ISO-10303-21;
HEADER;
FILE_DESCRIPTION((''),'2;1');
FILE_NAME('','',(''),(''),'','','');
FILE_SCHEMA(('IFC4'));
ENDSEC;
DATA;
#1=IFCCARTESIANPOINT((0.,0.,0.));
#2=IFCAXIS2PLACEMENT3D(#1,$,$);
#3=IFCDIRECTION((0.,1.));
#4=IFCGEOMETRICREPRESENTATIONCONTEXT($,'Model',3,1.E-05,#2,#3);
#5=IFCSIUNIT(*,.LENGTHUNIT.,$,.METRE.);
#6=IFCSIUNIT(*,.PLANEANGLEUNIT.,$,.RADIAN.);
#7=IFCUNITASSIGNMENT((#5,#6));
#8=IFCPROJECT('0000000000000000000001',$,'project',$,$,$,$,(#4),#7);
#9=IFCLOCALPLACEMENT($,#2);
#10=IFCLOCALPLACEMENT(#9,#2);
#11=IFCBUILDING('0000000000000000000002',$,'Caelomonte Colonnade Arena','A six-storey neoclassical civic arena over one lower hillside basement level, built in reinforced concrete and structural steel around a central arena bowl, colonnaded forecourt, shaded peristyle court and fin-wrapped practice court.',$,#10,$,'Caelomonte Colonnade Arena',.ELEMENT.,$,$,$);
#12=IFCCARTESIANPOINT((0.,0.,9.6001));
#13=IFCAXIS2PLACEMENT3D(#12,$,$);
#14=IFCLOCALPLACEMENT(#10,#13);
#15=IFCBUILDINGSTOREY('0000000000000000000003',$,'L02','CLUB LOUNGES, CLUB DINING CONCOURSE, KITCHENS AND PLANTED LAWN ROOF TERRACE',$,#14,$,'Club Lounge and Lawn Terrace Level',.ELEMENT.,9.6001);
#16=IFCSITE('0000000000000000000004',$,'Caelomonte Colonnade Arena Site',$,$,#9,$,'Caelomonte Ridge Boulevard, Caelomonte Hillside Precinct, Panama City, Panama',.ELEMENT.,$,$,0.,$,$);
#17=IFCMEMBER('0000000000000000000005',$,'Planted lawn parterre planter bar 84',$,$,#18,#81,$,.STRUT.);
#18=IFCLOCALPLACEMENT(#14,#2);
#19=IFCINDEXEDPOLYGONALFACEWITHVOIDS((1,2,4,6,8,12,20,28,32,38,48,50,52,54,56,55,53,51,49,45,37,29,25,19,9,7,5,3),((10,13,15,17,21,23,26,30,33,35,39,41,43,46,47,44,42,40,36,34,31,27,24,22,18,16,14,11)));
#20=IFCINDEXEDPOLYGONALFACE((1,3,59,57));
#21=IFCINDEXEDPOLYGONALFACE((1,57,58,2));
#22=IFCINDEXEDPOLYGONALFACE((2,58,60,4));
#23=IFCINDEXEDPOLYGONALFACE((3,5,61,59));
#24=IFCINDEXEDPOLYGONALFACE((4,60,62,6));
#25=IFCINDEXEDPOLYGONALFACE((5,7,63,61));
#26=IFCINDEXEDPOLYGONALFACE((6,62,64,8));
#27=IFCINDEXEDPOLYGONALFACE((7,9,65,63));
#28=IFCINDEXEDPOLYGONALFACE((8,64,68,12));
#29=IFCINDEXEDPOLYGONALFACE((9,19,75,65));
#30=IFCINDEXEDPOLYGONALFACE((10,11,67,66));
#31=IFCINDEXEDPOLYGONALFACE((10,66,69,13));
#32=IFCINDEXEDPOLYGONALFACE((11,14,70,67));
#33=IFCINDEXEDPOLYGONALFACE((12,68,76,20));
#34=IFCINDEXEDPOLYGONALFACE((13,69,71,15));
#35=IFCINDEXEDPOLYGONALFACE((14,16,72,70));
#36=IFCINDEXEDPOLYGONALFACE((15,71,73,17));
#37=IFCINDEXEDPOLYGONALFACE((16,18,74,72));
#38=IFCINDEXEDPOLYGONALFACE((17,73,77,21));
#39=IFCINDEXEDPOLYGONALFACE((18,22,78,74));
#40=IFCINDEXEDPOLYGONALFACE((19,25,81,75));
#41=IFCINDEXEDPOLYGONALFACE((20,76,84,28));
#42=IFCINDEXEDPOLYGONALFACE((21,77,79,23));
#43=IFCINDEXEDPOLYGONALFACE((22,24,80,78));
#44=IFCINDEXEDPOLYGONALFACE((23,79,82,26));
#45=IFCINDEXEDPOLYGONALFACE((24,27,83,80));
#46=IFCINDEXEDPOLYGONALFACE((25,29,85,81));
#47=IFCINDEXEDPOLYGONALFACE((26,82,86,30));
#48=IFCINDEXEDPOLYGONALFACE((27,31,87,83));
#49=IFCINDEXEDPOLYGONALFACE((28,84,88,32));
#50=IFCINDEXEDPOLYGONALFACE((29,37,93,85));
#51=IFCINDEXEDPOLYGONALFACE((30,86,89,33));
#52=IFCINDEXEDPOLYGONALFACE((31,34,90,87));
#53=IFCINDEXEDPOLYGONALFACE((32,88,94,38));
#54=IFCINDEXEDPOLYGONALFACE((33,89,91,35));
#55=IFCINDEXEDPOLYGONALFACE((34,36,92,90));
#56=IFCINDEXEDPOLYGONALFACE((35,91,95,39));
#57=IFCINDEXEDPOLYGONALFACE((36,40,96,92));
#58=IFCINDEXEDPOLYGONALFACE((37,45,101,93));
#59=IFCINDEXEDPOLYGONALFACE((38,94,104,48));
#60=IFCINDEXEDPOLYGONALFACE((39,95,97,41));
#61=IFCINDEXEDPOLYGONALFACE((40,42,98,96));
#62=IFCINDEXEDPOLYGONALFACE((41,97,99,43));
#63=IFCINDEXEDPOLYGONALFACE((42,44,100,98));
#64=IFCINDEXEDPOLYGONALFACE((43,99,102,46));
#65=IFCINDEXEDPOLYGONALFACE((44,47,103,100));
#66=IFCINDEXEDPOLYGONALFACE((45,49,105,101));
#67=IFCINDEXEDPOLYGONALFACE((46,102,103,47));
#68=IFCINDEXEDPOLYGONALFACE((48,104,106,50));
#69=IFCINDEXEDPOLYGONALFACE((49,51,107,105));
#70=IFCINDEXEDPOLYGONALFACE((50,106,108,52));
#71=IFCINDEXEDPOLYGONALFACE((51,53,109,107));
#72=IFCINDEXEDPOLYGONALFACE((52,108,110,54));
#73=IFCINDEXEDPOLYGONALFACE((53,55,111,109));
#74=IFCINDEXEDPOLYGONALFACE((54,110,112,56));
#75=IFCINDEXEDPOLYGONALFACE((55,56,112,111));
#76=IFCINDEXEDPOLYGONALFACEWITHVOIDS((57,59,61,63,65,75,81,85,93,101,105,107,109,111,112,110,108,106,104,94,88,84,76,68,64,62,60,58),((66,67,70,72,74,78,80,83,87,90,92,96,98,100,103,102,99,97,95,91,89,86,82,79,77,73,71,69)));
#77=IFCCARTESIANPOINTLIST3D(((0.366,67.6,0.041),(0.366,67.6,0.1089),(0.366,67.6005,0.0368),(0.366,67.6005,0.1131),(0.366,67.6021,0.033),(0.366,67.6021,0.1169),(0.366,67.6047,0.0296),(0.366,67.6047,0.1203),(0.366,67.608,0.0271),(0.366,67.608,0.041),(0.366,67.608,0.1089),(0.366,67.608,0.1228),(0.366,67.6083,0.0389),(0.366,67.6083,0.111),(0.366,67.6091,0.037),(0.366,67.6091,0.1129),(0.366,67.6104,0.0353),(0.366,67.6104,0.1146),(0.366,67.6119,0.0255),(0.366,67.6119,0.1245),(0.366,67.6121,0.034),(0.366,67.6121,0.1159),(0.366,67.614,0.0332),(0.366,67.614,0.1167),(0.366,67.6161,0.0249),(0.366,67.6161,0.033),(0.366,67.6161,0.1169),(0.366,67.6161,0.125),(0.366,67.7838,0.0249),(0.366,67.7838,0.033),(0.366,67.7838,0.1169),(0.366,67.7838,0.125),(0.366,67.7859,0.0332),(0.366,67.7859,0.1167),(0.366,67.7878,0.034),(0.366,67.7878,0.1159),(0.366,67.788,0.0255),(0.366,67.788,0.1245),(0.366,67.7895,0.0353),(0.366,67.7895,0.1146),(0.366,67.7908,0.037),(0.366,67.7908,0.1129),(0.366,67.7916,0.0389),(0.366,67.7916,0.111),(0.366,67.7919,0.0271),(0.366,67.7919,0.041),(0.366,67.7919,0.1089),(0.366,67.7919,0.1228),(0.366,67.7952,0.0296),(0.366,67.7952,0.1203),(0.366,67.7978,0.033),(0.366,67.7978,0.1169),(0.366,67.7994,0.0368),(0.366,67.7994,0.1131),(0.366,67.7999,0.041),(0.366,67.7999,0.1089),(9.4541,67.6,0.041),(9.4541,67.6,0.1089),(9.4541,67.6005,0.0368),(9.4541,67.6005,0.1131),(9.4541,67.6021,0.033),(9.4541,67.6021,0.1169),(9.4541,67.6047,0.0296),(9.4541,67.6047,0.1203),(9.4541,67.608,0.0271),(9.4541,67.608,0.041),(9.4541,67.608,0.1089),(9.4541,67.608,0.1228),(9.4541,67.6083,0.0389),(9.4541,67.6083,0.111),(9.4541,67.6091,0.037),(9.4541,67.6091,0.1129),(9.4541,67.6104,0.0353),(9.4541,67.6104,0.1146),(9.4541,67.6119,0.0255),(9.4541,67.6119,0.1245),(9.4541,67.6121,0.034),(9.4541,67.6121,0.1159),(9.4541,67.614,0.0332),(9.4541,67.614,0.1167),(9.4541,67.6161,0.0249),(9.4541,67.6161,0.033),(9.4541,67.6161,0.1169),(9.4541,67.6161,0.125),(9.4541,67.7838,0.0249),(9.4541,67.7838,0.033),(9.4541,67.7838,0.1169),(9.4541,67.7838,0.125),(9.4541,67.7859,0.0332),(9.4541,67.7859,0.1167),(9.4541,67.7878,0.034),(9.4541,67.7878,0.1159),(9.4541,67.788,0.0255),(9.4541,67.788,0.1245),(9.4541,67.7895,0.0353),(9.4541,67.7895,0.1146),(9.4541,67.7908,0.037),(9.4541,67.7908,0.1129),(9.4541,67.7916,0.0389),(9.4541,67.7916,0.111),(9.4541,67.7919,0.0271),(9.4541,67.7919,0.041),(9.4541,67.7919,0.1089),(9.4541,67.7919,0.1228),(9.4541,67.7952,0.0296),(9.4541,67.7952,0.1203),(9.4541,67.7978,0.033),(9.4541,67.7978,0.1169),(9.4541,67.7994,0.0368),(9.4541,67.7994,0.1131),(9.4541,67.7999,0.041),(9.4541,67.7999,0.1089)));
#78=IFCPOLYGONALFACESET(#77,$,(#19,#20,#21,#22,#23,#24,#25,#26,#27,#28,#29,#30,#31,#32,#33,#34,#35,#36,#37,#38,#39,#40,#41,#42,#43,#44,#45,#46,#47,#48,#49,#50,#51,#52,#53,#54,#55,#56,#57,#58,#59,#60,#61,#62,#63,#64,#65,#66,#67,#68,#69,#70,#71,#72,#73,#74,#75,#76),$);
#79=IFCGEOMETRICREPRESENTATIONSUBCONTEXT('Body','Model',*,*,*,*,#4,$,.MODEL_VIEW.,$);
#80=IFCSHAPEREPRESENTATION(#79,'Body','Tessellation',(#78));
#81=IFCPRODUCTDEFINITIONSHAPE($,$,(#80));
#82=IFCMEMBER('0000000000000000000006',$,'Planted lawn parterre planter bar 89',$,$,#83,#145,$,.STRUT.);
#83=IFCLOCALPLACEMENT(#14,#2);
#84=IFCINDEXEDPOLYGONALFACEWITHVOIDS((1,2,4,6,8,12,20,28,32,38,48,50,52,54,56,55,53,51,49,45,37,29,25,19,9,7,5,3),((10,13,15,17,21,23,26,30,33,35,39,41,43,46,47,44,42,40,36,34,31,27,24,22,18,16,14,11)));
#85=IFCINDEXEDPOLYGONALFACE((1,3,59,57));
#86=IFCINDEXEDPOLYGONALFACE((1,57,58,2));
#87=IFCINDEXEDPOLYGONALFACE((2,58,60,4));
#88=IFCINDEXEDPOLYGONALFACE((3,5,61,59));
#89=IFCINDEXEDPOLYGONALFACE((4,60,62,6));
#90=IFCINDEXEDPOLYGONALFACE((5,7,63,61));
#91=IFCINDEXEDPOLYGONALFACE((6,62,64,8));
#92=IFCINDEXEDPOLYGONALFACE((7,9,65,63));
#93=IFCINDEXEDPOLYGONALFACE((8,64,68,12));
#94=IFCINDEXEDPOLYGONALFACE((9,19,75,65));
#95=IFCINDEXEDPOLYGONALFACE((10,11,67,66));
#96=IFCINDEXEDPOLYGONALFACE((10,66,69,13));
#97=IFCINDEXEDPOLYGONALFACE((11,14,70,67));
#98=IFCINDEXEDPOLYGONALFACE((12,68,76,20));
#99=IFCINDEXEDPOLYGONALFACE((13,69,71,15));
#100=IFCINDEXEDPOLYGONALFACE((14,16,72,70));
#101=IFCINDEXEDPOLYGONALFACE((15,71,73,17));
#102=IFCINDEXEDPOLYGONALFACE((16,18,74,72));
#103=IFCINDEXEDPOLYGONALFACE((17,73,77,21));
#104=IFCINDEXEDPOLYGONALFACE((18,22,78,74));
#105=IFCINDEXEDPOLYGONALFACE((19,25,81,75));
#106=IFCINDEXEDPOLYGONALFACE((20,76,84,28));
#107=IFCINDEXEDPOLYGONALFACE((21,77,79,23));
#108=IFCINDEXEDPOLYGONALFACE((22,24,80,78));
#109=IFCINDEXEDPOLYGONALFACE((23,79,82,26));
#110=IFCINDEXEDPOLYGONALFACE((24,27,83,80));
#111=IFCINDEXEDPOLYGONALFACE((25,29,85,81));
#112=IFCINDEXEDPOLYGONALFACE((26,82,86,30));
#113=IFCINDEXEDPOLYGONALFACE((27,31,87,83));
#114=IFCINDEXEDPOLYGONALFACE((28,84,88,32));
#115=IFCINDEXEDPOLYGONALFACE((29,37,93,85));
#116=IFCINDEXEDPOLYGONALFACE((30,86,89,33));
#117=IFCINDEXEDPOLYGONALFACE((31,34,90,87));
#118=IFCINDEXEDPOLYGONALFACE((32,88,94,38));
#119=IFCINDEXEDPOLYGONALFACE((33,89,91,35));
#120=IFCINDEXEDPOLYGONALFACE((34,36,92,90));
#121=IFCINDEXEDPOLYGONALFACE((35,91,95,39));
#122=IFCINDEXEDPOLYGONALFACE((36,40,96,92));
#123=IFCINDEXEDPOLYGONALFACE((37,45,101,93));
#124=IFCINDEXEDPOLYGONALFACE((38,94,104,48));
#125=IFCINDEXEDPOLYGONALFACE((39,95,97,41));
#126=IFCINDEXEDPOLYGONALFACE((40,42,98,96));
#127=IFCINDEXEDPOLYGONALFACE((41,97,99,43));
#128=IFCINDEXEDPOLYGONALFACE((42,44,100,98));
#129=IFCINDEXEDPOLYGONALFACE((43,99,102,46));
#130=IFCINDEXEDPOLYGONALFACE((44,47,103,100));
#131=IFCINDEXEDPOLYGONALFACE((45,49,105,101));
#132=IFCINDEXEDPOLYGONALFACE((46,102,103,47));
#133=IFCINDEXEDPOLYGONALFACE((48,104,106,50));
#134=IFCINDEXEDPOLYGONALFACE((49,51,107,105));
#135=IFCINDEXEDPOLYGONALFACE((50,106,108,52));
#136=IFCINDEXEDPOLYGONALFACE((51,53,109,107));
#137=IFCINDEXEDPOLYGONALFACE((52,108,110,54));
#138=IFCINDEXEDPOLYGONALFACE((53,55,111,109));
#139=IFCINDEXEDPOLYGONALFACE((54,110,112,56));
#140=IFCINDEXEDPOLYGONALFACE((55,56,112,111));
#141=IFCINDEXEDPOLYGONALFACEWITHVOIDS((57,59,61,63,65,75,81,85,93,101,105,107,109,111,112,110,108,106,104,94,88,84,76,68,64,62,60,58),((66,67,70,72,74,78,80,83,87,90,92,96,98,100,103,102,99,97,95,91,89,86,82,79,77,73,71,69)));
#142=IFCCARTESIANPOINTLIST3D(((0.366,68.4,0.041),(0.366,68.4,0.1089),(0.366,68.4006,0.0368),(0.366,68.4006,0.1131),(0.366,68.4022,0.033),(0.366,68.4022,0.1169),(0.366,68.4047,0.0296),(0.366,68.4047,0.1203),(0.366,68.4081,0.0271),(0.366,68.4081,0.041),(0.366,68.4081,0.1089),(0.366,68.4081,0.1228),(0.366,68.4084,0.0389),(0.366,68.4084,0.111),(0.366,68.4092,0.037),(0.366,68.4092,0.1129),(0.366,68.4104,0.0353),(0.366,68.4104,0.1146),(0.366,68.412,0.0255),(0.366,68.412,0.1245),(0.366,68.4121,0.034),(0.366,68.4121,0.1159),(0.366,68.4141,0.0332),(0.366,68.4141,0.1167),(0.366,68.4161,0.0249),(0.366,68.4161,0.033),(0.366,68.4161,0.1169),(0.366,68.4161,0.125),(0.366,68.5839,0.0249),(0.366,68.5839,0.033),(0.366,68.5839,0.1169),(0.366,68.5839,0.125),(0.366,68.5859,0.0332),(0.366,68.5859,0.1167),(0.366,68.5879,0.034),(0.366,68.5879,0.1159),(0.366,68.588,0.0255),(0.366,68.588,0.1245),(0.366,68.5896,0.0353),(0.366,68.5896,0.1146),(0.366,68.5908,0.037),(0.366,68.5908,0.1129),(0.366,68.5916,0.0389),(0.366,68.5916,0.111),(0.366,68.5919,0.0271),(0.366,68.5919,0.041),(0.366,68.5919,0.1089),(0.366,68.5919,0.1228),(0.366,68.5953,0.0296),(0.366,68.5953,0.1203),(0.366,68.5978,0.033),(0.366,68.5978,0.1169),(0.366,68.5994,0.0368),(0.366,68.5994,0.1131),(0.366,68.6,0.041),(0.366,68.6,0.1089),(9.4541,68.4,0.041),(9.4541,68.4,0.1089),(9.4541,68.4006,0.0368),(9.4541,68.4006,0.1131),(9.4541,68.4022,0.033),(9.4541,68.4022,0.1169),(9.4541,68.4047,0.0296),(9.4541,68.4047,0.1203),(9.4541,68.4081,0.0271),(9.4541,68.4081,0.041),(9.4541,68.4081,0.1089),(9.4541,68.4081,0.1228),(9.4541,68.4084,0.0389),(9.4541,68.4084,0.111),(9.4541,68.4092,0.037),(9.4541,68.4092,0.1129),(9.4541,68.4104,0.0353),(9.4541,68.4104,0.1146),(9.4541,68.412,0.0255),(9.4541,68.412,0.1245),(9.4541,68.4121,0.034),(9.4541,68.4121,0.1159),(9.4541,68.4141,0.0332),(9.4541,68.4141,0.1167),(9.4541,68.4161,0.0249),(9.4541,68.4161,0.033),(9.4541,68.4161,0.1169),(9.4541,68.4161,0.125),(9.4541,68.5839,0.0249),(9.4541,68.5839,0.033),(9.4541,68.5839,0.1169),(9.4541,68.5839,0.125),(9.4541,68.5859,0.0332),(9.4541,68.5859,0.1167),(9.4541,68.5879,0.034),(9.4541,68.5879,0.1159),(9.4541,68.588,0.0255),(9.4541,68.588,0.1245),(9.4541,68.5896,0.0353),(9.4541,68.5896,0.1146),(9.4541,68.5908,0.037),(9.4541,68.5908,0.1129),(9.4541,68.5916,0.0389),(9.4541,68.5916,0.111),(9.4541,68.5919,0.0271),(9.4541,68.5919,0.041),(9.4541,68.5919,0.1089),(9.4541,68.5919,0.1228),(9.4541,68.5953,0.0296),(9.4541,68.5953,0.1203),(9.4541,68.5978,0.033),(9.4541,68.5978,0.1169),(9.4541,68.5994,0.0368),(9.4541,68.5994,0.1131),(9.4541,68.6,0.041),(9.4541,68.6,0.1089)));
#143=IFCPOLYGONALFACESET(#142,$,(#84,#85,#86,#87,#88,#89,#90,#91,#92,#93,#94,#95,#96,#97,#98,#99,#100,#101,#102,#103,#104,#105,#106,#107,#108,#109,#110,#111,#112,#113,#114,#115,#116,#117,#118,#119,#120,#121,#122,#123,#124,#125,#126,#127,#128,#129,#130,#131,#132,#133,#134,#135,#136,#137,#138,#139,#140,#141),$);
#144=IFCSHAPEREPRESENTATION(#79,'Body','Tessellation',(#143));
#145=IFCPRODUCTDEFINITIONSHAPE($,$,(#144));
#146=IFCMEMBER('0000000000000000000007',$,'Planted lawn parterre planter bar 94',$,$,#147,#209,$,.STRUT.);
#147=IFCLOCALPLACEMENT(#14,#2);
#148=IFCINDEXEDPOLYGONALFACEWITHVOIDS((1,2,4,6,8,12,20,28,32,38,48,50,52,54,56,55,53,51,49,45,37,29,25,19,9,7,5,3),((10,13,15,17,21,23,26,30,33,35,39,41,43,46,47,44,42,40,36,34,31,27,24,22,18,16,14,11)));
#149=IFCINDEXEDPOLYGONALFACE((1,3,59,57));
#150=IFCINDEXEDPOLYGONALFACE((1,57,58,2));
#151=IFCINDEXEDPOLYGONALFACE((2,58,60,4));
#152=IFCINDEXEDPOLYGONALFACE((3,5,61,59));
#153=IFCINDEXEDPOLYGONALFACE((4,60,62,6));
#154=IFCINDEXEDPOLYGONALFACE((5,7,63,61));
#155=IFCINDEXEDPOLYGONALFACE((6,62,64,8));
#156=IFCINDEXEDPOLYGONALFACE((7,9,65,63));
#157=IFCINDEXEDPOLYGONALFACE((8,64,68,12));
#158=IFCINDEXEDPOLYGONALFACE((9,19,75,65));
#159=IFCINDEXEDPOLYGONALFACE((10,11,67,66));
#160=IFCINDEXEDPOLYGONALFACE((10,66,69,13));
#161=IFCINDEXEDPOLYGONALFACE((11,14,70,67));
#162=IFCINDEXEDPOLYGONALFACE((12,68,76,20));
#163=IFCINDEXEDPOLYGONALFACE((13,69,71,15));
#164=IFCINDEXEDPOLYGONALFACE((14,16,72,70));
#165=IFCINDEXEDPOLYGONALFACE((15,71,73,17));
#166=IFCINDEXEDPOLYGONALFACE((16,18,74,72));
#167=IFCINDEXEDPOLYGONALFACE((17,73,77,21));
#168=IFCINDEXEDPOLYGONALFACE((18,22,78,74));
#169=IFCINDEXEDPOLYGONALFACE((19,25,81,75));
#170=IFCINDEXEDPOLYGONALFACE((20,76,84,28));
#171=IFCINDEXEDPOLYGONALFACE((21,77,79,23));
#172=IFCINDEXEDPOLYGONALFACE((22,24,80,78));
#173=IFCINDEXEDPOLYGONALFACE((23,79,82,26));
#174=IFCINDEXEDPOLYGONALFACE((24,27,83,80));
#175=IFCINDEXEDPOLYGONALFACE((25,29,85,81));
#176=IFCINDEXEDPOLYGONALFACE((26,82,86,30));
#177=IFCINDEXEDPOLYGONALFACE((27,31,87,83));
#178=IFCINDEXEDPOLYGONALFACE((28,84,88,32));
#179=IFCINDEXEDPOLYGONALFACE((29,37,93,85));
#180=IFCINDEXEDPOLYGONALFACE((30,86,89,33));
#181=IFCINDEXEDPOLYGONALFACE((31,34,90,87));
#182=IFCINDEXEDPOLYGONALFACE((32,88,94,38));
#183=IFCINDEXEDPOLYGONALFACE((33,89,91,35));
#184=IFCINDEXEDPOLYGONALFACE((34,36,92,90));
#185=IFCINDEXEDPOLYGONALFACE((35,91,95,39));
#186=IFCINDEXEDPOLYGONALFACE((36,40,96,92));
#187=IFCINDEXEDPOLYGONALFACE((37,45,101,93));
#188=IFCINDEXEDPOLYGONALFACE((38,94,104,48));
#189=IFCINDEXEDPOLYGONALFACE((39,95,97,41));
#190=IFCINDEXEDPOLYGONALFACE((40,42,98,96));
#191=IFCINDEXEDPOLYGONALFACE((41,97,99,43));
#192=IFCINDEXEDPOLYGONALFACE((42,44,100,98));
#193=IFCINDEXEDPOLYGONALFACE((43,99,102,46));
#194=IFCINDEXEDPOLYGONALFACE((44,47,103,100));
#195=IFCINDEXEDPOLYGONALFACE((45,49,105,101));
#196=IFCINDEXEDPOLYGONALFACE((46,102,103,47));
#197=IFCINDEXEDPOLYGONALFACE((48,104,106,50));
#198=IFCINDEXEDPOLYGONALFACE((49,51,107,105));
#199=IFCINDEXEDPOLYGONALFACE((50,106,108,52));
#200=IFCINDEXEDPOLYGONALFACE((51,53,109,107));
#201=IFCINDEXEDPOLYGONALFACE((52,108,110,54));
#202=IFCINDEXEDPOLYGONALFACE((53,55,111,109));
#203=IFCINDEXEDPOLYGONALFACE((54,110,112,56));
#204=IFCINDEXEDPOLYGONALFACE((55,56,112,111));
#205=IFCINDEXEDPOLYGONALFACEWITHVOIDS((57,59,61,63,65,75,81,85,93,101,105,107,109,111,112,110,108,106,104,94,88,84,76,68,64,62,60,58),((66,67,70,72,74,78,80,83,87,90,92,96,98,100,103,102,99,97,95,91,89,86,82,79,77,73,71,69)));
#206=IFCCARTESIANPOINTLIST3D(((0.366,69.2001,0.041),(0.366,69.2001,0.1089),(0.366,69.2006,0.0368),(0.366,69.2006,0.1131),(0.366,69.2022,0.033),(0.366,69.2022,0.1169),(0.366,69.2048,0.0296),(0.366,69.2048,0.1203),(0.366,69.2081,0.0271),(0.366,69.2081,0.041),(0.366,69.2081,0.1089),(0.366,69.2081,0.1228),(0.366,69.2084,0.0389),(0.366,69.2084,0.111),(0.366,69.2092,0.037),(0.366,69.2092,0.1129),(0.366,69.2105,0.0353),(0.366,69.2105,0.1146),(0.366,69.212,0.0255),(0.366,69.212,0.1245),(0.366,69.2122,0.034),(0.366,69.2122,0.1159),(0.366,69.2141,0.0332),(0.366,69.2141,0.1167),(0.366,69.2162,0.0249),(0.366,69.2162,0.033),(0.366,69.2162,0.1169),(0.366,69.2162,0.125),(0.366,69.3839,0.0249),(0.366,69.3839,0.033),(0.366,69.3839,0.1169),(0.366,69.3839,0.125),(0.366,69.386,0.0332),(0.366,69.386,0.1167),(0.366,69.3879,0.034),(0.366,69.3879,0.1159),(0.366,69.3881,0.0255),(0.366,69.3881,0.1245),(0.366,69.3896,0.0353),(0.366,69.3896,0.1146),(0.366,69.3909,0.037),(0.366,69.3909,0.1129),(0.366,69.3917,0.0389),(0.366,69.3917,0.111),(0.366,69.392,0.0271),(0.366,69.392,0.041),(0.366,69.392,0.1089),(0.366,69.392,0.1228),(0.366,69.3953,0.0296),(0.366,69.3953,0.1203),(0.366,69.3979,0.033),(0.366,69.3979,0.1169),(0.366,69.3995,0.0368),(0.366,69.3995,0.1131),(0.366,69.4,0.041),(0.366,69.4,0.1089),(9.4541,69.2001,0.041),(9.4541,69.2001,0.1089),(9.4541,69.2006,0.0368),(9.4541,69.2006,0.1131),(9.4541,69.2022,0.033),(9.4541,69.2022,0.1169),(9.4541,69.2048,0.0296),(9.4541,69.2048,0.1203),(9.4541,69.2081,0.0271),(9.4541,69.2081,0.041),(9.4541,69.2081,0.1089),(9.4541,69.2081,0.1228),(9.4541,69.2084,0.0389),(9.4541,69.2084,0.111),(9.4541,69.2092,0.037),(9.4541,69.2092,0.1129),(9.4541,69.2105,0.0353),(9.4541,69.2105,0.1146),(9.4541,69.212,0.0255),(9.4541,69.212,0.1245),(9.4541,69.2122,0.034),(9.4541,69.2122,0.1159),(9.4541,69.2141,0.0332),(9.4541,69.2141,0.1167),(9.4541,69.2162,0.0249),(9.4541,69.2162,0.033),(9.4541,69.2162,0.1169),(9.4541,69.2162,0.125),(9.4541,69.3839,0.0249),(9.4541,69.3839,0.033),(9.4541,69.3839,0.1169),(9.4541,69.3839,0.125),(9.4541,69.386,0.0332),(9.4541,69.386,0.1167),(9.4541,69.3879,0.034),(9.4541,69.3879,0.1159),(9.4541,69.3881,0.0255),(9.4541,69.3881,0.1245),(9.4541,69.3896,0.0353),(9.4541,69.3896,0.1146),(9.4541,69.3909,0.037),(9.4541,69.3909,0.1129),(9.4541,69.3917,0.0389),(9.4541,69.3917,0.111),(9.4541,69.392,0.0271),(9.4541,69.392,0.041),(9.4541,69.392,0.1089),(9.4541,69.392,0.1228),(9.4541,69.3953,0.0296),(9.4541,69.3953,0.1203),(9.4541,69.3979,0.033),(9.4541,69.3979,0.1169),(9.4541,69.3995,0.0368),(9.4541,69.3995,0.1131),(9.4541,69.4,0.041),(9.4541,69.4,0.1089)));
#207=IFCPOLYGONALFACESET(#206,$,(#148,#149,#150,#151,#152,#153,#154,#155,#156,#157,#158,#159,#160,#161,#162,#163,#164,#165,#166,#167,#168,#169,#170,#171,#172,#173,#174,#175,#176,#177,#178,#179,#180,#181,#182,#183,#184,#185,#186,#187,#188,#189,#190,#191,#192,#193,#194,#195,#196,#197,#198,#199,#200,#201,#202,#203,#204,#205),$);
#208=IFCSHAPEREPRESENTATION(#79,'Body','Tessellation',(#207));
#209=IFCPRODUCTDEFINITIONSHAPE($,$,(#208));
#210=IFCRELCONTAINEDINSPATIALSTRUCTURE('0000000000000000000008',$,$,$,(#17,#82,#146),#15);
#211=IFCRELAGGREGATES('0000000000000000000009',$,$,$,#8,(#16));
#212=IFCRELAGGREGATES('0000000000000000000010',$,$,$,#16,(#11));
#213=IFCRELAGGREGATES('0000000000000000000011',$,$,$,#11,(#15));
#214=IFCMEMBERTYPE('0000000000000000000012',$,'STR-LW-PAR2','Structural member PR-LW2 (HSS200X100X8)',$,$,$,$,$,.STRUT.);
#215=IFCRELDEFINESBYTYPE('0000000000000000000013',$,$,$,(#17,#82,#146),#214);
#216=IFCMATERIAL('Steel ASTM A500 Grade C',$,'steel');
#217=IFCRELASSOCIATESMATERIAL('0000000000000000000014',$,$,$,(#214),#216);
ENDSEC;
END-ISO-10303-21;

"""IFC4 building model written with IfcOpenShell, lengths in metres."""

from ifc_helpers import new_model, si_unit, direction, frame, origin, origin_2d, place, context, subcontext, project, spatial, hollow_rectangle, extrude, material, material_profile, profile_set, type_object, element, save


model = new_model("IFC4")

# Units and contexts
model_context = context("Model", 3, precision=1e-05, world=origin(), true_north=direction((0.0, 1.0)))
body_context = subcontext(model_context, "Body", "Model", "MODEL_VIEW")
ifc_project = project(units=[si_unit("LENGTHUNIT", "METRE"), si_unit("PLANEANGLEUNIT", "RADIAN")], contexts=[model_context])

# Site, building, storey
site_placement = place(None, origin())
site = spatial("IfcSite", under=ifc_project, at=site_placement, Name="Caelomonte Colonnade Arena Site", LongName="Caelomonte Ridge Boulevard, Caelomonte Hillside Precinct, Panama City, Panama", CompositionType="ELEMENT", RefElevation=0.0)
building_placement = place(site_placement, origin())
building = spatial("IfcBuilding", under=site, at=building_placement, Name="Caelomonte Colonnade Arena", Description="A six-storey neoclassical civic arena over one lower hillside basement level, built in reinforced concrete and structural steel around a central arena bowl, colonnaded forecourt, shaded peristyle court and fin-wrapped practice court.", LongName="Caelomonte Colonnade Arena", CompositionType="ELEMENT")
storey_placement = place(building_placement, frame((0.0, 0.0, 9.6001)))
storey = spatial("IfcBuildingStorey", under=building, at=storey_placement, Name="L02", Description="CLUB LOUNGES, CLUB DINING CONCOURSE, KITCHENS AND PLANTED LAWN ROOF TERRACE", LongName="Club Lounge and Lawn Terrace Level", CompositionType="ELEMENT", Elevation=9.6001)

# Members
ifc_material_1 = material(Name="Steel ASTM A500 Grade C", Category="steel")
ifc_material_profile_1 = material_profile(ifc_material_1, hollow_rectangle(XDim=0.2, YDim=0.1001, WallThickness=0.0081, InnerFilletRadius=0.0081, OuterFilletRadius=0.0161, at=origin_2d()), Name="HSS200X100X8")
ifc_profile_set_1 = profile_set([ifc_material_profile_1], Name="Steel ASTM A500 Grade C")
member_type_1 = type_object("IfcMemberType", Name="STR-LW-PAR2", Description="Structural member PR-LW2 (HSS200X100X8)", PredefinedType="STRUT", material=ifc_profile_set_1)
for number, where, z_axis, x_axis, name in (
    (1, (0.366, 67.7, 0.075), (1.0, 0.0, 0.0), (0.0, 1.0, 0.0), "Planted lawn parterre planter bar 84"),
    (2, (0.366, 68.5, 0.075), (1.0, 0.0, 0.0), (0.0, 1.0, 0.0), "Planted lawn parterre planter bar 89"),
    (3, (0.366, 69.3, 0.075), (1.0, 0.0, 0.0), (0.0, 1.0, 0.0), "Planted lawn parterre planter bar 94"),
):
    element("IfcMember", number, at=place(storey_placement, frame(where, z_axis=z_axis, x_axis=x_axis)), inside=storey, type_object=member_type_1, Name=name, PredefinedType="STRUT", context=body_context, shape_type="SweptSolid", body=[
        extrude(hollow_rectangle(XDim=0.2, YDim=0.1001, WallThickness=0.0081, InnerFilletRadius=0.0081, OuterFilletRadius=0.0161, at=origin_2d()), origin(), (0.0, 0.0, 1.0), 9.0881),
    ])

save(model, "model.ifc")
